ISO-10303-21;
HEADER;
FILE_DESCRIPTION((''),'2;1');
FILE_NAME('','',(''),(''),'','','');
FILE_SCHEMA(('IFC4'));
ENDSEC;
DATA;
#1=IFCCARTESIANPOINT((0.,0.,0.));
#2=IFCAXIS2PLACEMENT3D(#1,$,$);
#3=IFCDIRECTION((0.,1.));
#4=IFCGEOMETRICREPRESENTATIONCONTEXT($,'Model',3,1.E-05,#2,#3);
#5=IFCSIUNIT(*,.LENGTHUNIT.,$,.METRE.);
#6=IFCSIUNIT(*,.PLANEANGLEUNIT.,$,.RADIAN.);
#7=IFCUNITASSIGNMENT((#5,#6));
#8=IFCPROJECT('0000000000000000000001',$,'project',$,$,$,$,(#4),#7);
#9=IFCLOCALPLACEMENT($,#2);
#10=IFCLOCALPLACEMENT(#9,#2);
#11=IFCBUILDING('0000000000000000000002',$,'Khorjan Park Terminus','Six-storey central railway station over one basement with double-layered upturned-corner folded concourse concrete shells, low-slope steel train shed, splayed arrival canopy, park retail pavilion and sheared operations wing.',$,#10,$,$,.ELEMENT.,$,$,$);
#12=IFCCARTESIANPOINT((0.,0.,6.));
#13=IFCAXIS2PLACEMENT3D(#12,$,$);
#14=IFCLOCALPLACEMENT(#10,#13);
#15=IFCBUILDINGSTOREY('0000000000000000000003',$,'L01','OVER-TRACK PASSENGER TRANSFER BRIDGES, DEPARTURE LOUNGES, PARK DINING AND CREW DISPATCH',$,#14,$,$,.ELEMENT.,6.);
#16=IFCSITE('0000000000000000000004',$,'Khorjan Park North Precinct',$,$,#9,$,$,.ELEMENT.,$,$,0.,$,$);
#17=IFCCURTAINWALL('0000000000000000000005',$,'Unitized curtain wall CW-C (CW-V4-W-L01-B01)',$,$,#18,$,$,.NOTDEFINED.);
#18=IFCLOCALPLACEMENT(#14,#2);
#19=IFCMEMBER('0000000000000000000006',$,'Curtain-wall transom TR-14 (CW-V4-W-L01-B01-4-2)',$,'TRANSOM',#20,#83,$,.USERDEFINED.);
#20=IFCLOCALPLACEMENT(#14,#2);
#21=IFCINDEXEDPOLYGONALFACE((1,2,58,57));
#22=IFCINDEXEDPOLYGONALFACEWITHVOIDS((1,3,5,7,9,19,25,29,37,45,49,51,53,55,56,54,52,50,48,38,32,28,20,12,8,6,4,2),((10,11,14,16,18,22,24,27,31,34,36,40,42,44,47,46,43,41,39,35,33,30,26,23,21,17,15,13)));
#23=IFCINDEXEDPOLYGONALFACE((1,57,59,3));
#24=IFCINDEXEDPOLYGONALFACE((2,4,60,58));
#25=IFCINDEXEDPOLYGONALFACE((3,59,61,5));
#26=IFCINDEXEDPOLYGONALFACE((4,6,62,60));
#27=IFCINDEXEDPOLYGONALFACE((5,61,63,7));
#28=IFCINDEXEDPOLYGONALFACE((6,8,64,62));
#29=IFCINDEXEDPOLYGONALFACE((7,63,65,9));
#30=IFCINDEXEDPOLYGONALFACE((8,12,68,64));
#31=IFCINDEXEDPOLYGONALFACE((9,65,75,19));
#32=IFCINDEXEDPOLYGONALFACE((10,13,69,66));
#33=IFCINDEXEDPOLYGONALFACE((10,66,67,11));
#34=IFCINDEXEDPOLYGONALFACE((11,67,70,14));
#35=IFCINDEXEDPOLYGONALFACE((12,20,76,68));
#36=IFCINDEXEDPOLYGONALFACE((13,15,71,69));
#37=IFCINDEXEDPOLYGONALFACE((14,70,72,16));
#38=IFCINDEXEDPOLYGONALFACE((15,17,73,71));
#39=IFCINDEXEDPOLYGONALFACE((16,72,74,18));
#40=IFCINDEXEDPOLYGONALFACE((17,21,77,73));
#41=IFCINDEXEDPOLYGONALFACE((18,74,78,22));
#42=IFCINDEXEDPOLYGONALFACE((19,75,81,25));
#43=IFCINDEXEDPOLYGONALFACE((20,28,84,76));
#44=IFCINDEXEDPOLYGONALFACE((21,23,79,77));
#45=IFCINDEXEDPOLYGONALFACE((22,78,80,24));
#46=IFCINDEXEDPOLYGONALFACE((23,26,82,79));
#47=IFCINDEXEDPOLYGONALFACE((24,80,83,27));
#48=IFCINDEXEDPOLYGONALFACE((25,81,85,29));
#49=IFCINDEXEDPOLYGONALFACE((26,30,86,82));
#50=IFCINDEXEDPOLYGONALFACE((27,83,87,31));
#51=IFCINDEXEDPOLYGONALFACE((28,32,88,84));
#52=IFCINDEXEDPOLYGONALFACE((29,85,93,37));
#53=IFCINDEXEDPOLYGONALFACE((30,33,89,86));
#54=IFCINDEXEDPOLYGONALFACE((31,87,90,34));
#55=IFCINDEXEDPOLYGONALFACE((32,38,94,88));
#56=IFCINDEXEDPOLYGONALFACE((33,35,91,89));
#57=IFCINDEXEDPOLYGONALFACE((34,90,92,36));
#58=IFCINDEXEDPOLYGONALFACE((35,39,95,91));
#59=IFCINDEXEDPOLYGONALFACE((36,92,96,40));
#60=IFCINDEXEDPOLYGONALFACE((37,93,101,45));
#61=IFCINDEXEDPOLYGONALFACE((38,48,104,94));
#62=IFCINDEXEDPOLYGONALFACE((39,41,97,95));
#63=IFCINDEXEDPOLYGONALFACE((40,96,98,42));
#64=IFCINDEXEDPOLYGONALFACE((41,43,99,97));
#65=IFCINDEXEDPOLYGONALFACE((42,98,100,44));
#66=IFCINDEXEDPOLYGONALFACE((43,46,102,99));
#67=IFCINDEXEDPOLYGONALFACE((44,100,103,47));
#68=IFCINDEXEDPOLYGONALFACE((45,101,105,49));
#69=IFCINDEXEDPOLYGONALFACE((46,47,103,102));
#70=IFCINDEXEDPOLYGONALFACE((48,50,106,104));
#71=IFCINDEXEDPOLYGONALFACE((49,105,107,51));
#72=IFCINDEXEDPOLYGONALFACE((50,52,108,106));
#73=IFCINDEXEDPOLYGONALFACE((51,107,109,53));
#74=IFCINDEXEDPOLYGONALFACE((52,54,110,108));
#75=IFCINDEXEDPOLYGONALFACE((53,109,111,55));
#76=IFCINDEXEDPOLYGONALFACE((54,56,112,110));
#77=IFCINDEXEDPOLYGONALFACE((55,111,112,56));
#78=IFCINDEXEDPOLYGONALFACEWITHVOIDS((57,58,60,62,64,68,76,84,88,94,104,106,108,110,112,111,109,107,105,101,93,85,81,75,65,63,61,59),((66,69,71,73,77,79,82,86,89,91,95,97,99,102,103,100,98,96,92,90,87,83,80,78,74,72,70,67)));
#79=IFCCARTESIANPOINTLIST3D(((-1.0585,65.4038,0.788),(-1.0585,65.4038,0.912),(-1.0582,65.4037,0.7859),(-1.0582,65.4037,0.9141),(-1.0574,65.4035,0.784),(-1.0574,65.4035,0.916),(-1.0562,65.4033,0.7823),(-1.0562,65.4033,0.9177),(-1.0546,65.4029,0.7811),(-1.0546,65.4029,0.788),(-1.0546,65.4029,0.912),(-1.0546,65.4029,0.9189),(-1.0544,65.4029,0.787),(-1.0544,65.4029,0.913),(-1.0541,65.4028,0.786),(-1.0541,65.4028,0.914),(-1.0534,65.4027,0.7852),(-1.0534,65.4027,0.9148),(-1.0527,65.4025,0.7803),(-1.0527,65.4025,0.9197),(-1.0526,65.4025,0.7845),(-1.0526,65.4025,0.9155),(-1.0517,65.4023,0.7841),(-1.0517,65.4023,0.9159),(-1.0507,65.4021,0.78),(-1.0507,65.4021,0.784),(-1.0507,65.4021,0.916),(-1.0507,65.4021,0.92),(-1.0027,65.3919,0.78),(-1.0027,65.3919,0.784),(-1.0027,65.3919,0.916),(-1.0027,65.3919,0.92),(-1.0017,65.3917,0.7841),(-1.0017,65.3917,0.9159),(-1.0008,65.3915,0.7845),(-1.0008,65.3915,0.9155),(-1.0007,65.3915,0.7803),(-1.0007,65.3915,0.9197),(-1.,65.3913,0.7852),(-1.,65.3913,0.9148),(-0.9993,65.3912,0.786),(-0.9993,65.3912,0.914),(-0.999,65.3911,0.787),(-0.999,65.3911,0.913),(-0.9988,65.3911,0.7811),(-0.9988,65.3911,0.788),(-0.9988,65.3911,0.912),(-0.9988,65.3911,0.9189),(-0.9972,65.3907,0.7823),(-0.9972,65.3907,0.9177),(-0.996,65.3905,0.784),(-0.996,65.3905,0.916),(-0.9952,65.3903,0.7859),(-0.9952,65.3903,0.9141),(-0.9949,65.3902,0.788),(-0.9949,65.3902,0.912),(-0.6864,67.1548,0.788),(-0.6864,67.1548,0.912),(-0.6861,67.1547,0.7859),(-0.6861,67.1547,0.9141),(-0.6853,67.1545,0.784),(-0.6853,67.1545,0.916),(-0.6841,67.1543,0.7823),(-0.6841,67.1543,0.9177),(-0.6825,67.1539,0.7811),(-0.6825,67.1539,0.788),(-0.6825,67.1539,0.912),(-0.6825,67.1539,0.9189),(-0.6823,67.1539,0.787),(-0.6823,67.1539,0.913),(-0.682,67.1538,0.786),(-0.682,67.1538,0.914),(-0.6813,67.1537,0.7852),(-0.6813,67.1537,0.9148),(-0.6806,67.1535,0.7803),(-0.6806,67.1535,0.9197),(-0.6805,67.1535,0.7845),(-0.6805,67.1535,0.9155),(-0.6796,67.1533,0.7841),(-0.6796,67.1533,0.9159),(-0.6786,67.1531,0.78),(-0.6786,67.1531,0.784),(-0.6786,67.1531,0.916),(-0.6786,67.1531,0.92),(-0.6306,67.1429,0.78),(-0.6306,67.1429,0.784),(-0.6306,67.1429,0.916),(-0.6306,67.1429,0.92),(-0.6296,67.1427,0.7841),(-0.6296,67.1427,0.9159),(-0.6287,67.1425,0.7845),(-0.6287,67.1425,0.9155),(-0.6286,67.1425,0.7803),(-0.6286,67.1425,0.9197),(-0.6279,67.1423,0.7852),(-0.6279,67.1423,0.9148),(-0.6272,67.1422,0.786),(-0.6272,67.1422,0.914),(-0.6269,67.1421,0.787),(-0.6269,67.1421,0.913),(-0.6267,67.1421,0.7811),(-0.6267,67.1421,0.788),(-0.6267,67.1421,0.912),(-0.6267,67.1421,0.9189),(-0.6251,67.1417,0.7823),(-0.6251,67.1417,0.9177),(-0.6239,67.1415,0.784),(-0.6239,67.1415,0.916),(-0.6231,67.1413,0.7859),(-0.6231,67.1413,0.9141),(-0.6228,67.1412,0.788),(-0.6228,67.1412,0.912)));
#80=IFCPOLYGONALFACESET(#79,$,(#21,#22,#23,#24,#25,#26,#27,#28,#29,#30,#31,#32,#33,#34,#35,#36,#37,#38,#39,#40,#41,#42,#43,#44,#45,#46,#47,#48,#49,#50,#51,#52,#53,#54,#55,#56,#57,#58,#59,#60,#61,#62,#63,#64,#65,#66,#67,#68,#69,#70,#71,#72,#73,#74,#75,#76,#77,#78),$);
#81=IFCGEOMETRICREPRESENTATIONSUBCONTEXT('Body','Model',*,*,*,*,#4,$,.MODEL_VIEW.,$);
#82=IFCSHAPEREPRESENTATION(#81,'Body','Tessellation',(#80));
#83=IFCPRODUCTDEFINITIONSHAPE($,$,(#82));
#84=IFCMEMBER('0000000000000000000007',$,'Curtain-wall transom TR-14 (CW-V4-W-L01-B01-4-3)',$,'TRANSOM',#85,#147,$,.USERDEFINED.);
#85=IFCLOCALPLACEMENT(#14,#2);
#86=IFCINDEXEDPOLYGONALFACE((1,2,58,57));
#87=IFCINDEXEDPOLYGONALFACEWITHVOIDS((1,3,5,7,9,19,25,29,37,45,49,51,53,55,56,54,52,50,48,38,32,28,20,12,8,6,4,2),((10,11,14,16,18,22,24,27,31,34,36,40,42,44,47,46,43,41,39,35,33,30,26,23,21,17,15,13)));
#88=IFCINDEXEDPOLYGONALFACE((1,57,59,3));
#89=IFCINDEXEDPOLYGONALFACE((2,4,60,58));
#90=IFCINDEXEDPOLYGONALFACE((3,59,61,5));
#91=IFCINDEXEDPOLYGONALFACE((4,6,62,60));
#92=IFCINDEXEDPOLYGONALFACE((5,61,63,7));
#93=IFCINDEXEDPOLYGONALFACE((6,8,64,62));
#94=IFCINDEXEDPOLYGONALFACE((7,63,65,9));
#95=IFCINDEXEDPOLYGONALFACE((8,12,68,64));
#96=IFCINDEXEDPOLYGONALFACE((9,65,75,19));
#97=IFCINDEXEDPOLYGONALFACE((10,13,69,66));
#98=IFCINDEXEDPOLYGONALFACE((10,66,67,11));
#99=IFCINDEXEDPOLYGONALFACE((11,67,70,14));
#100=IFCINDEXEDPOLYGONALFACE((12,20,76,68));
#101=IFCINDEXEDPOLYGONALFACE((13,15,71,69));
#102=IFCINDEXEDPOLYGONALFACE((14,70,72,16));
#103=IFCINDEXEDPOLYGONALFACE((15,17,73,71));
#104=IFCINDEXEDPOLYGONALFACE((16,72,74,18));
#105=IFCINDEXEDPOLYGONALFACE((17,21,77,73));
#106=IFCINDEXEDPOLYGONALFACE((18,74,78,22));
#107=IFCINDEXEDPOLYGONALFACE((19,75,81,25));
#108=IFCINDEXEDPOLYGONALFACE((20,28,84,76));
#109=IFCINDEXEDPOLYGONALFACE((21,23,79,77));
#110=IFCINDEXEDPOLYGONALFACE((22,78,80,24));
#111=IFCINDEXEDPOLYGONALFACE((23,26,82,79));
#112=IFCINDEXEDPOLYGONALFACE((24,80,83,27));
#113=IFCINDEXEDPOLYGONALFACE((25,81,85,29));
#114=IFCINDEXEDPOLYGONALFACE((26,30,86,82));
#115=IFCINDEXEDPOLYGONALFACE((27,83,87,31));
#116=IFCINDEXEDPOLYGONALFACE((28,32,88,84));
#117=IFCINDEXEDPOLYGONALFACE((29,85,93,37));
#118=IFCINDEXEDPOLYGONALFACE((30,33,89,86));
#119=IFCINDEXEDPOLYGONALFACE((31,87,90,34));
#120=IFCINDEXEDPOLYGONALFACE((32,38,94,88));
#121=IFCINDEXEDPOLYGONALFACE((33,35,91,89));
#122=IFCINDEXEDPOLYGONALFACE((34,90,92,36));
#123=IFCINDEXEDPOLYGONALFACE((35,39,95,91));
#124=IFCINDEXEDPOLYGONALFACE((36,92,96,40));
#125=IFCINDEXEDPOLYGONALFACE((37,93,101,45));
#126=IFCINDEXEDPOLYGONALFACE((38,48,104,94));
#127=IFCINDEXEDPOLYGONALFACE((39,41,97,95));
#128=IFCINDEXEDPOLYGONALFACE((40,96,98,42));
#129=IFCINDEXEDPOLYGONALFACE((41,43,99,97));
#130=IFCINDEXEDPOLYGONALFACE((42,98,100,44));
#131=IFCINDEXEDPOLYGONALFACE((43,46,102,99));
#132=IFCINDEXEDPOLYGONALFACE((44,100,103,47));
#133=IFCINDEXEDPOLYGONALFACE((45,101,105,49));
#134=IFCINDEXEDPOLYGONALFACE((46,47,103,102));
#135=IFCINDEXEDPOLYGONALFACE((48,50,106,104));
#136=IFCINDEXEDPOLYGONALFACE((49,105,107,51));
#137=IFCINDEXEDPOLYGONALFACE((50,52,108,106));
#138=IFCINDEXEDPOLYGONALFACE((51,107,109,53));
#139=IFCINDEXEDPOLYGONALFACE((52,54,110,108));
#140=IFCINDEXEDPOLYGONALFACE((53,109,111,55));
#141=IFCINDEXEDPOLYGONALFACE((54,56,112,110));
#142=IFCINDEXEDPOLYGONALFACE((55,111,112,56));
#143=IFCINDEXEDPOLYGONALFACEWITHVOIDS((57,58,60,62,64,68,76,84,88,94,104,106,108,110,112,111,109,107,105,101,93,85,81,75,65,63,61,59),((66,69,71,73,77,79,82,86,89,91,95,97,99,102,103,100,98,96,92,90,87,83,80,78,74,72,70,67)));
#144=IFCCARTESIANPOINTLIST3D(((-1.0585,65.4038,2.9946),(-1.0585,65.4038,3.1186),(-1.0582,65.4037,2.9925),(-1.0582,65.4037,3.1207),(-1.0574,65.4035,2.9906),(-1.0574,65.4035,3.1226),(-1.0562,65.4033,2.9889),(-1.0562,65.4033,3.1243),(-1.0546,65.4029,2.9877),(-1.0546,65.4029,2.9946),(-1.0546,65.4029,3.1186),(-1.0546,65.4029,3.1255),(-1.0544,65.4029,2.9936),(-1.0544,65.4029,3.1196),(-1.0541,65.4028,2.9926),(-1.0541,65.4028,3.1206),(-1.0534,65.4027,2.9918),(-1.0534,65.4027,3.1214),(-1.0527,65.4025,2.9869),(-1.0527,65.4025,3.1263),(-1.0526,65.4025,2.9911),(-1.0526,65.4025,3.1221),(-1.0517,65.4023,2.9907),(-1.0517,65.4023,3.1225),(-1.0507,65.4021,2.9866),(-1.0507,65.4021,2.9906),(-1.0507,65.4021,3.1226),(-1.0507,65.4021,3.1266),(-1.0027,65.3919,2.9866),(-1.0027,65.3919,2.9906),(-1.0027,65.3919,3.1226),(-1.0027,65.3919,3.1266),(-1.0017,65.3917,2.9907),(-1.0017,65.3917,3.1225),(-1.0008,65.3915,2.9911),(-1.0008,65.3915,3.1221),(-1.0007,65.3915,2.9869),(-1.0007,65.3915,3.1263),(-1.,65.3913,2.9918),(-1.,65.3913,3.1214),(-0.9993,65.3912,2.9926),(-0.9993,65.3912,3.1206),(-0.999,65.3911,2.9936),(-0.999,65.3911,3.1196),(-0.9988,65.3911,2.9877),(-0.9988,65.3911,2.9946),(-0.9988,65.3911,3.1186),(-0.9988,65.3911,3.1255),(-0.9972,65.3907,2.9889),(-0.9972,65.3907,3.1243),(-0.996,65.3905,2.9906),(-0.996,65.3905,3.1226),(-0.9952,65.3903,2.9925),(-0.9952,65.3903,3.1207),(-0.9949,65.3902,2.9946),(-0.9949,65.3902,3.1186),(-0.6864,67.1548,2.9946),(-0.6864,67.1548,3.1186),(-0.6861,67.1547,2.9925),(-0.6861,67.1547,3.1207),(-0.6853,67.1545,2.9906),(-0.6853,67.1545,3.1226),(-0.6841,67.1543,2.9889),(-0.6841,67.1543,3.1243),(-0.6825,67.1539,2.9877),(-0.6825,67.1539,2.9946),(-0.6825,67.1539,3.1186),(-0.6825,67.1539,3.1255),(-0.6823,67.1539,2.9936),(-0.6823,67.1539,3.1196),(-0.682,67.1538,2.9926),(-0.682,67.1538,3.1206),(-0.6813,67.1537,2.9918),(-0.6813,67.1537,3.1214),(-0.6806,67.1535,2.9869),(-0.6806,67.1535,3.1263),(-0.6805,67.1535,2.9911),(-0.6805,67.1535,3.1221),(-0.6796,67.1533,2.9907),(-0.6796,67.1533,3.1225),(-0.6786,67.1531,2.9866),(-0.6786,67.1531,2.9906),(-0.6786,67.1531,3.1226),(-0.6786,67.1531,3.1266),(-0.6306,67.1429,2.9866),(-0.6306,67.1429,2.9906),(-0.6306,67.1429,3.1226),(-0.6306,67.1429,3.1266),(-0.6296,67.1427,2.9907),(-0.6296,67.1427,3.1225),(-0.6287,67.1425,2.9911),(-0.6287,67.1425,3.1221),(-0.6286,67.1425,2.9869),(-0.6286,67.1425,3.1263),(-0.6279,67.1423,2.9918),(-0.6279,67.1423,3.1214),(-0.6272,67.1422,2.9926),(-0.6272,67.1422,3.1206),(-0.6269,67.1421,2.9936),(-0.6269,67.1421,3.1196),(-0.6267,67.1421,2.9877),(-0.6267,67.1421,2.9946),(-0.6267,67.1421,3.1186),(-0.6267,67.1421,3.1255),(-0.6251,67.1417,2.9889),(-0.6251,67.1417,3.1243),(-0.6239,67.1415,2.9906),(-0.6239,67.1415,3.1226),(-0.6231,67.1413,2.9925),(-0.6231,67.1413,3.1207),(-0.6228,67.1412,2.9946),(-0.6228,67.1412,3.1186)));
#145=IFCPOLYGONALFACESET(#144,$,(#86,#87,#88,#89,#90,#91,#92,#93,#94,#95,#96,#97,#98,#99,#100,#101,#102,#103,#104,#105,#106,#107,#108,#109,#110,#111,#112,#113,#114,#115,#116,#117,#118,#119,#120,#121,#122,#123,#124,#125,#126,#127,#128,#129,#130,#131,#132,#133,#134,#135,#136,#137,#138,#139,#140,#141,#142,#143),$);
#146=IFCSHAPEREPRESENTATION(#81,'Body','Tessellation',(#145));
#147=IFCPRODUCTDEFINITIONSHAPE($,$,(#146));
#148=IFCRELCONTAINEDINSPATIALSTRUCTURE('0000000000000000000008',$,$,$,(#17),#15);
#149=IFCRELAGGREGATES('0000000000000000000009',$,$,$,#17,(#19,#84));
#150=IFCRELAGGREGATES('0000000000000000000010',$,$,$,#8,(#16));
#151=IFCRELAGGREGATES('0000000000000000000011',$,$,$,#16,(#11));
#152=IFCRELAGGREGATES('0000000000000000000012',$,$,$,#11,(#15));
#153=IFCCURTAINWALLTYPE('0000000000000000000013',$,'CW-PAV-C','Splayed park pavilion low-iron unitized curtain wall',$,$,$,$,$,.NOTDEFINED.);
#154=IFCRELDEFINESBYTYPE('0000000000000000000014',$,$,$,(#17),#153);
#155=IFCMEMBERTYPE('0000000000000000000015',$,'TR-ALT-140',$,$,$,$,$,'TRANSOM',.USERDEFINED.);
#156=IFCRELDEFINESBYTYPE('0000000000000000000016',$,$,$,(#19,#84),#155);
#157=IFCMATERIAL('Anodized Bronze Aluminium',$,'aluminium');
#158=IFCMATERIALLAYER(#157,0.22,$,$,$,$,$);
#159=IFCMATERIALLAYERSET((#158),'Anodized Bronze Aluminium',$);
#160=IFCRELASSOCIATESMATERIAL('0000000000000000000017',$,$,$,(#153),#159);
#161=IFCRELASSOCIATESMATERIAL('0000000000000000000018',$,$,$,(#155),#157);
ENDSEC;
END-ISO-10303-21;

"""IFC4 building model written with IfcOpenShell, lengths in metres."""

from ifc_helpers import new_model, si_unit, direction, frame, origin, origin_2d, place, context, subcontext, project, spatial, hollow_rectangle, extrude, material, layer, layer_set, material_profile, profile_set, type_object, element, aggregate, save


model = new_model("IFC4")

# Units and contexts
model_context = context("Model", 3, precision=1e-05, world=origin(), true_north=direction((0.0, 1.0)))
body_context = subcontext(model_context, "Body", "Model", "MODEL_VIEW")
ifc_project = project(units=[si_unit("LENGTHUNIT", "METRE"), si_unit("PLANEANGLEUNIT", "RADIAN")], contexts=[model_context])

# Site, building, storey
site_placement = place(None, origin())
site = spatial("IfcSite", under=ifc_project, at=site_placement, Name="Khorjan Park North Precinct", CompositionType="ELEMENT", RefElevation=0.0)
building_placement = place(site_placement, origin())
building = spatial("IfcBuilding", under=site, at=building_placement, Name="Khorjan Park Terminus", Description="Six-storey central railway station over one basement with double-layered upturned-corner folded concourse concrete shells, low-slope steel train shed, splayed arrival canopy, park retail pavilion and sheared operations wing.", CompositionType="ELEMENT")
storey_placement = place(building_placement, frame((0.0, 0.0, 6.0)))
storey = spatial("IfcBuildingStorey", under=building, at=storey_placement, Name="L01", Description="OVER-TRACK PASSENGER TRANSFER BRIDGES, DEPARTURE LOUNGES, PARK DINING AND CREW DISPATCH", CompositionType="ELEMENT", Elevation=6.0)

# Curtain wall, members
ifc_material_1 = material(Name="Anodized Bronze Aluminium", Category="aluminium")
ifc_layer_1 = layer(ifc_material_1, 0.22)
ifc_layer_set_1 = layer_set([ifc_layer_1], Name="Anodized Bronze Aluminium")
curtain_wall_type = type_object("IfcCurtainWallType", Name="CW-PAV-C", Description="Splayed park pavilion low-iron unitized curtain wall", PredefinedType="NOTDEFINED", material=ifc_layer_set_1)
curtain_wall_placement = place(storey_placement, origin())
curtain_wall = element("IfcCurtainWall", 1, at=curtain_wall_placement, inside=storey, type_object=curtain_wall_type, Name="Unitized curtain wall CW-C (CW-V4-W-L01-B01)", PredefinedType="NOTDEFINED")
ifc_material_profile_1 = material_profile(ifc_material_1, hollow_rectangle(XDim=0.065, YDim=0.14, WallThickness=0.004, InnerFilletRadius=0.004, OuterFilletRadius=0.008, at=origin_2d()), Name="ALT 65x140x4")
ifc_profile_set_1 = profile_set([ifc_material_profile_1], Name="Anodized Bronze Aluminium")
member_type_1 = type_object("IfcMemberType", Name="TR-ALT-140", ElementType="TRANSOM", PredefinedType="USERDEFINED", material=ifc_profile_set_1)
member_1_placement = place(storey_placement, frame((-0.6546, 67.148, 0.85), z_axis=(-0.207865, -0.978157, 0.0), x_axis=(0.978157, -0.207865, 0.0)))
member_1 = element("IfcMember", 2, at=member_1_placement, type_object=member_type_1, Name="Curtain-wall transom TR-14 (CW-V4-W-L01-B01-4-2)", ObjectType="TRANSOM", PredefinedType="USERDEFINED", context=body_context, shape_type="SweptSolid", body=[
    extrude(hollow_rectangle(XDim=0.065, YDim=0.14, WallThickness=0.004, InnerFilletRadius=0.004, OuterFilletRadius=0.008, at=origin_2d()), origin(), (0.0, 0.0, 1.0), 1.7901),
])
member_2_placement = place(storey_placement, frame((-0.6546, 67.148, 3.0566), z_axis=(-0.207865, -0.978157, 0.0), x_axis=(0.978157, -0.207865, 0.0)))
member_2 = element("IfcMember", 3, at=member_2_placement, type_object=member_type_1, Name="Curtain-wall transom TR-14 (CW-V4-W-L01-B01-4-3)", ObjectType="TRANSOM", PredefinedType="USERDEFINED", context=body_context, shape_type="SweptSolid", body=[
    extrude(hollow_rectangle(XDim=0.065, YDim=0.14, WallThickness=0.004, InnerFilletRadius=0.004, OuterFilletRadius=0.008, at=origin_2d()), origin(), (0.0, 0.0, 1.0), 1.7901),
])
aggregate(curtain_wall, [member_1, member_2])

save(model, "model.ifc")
